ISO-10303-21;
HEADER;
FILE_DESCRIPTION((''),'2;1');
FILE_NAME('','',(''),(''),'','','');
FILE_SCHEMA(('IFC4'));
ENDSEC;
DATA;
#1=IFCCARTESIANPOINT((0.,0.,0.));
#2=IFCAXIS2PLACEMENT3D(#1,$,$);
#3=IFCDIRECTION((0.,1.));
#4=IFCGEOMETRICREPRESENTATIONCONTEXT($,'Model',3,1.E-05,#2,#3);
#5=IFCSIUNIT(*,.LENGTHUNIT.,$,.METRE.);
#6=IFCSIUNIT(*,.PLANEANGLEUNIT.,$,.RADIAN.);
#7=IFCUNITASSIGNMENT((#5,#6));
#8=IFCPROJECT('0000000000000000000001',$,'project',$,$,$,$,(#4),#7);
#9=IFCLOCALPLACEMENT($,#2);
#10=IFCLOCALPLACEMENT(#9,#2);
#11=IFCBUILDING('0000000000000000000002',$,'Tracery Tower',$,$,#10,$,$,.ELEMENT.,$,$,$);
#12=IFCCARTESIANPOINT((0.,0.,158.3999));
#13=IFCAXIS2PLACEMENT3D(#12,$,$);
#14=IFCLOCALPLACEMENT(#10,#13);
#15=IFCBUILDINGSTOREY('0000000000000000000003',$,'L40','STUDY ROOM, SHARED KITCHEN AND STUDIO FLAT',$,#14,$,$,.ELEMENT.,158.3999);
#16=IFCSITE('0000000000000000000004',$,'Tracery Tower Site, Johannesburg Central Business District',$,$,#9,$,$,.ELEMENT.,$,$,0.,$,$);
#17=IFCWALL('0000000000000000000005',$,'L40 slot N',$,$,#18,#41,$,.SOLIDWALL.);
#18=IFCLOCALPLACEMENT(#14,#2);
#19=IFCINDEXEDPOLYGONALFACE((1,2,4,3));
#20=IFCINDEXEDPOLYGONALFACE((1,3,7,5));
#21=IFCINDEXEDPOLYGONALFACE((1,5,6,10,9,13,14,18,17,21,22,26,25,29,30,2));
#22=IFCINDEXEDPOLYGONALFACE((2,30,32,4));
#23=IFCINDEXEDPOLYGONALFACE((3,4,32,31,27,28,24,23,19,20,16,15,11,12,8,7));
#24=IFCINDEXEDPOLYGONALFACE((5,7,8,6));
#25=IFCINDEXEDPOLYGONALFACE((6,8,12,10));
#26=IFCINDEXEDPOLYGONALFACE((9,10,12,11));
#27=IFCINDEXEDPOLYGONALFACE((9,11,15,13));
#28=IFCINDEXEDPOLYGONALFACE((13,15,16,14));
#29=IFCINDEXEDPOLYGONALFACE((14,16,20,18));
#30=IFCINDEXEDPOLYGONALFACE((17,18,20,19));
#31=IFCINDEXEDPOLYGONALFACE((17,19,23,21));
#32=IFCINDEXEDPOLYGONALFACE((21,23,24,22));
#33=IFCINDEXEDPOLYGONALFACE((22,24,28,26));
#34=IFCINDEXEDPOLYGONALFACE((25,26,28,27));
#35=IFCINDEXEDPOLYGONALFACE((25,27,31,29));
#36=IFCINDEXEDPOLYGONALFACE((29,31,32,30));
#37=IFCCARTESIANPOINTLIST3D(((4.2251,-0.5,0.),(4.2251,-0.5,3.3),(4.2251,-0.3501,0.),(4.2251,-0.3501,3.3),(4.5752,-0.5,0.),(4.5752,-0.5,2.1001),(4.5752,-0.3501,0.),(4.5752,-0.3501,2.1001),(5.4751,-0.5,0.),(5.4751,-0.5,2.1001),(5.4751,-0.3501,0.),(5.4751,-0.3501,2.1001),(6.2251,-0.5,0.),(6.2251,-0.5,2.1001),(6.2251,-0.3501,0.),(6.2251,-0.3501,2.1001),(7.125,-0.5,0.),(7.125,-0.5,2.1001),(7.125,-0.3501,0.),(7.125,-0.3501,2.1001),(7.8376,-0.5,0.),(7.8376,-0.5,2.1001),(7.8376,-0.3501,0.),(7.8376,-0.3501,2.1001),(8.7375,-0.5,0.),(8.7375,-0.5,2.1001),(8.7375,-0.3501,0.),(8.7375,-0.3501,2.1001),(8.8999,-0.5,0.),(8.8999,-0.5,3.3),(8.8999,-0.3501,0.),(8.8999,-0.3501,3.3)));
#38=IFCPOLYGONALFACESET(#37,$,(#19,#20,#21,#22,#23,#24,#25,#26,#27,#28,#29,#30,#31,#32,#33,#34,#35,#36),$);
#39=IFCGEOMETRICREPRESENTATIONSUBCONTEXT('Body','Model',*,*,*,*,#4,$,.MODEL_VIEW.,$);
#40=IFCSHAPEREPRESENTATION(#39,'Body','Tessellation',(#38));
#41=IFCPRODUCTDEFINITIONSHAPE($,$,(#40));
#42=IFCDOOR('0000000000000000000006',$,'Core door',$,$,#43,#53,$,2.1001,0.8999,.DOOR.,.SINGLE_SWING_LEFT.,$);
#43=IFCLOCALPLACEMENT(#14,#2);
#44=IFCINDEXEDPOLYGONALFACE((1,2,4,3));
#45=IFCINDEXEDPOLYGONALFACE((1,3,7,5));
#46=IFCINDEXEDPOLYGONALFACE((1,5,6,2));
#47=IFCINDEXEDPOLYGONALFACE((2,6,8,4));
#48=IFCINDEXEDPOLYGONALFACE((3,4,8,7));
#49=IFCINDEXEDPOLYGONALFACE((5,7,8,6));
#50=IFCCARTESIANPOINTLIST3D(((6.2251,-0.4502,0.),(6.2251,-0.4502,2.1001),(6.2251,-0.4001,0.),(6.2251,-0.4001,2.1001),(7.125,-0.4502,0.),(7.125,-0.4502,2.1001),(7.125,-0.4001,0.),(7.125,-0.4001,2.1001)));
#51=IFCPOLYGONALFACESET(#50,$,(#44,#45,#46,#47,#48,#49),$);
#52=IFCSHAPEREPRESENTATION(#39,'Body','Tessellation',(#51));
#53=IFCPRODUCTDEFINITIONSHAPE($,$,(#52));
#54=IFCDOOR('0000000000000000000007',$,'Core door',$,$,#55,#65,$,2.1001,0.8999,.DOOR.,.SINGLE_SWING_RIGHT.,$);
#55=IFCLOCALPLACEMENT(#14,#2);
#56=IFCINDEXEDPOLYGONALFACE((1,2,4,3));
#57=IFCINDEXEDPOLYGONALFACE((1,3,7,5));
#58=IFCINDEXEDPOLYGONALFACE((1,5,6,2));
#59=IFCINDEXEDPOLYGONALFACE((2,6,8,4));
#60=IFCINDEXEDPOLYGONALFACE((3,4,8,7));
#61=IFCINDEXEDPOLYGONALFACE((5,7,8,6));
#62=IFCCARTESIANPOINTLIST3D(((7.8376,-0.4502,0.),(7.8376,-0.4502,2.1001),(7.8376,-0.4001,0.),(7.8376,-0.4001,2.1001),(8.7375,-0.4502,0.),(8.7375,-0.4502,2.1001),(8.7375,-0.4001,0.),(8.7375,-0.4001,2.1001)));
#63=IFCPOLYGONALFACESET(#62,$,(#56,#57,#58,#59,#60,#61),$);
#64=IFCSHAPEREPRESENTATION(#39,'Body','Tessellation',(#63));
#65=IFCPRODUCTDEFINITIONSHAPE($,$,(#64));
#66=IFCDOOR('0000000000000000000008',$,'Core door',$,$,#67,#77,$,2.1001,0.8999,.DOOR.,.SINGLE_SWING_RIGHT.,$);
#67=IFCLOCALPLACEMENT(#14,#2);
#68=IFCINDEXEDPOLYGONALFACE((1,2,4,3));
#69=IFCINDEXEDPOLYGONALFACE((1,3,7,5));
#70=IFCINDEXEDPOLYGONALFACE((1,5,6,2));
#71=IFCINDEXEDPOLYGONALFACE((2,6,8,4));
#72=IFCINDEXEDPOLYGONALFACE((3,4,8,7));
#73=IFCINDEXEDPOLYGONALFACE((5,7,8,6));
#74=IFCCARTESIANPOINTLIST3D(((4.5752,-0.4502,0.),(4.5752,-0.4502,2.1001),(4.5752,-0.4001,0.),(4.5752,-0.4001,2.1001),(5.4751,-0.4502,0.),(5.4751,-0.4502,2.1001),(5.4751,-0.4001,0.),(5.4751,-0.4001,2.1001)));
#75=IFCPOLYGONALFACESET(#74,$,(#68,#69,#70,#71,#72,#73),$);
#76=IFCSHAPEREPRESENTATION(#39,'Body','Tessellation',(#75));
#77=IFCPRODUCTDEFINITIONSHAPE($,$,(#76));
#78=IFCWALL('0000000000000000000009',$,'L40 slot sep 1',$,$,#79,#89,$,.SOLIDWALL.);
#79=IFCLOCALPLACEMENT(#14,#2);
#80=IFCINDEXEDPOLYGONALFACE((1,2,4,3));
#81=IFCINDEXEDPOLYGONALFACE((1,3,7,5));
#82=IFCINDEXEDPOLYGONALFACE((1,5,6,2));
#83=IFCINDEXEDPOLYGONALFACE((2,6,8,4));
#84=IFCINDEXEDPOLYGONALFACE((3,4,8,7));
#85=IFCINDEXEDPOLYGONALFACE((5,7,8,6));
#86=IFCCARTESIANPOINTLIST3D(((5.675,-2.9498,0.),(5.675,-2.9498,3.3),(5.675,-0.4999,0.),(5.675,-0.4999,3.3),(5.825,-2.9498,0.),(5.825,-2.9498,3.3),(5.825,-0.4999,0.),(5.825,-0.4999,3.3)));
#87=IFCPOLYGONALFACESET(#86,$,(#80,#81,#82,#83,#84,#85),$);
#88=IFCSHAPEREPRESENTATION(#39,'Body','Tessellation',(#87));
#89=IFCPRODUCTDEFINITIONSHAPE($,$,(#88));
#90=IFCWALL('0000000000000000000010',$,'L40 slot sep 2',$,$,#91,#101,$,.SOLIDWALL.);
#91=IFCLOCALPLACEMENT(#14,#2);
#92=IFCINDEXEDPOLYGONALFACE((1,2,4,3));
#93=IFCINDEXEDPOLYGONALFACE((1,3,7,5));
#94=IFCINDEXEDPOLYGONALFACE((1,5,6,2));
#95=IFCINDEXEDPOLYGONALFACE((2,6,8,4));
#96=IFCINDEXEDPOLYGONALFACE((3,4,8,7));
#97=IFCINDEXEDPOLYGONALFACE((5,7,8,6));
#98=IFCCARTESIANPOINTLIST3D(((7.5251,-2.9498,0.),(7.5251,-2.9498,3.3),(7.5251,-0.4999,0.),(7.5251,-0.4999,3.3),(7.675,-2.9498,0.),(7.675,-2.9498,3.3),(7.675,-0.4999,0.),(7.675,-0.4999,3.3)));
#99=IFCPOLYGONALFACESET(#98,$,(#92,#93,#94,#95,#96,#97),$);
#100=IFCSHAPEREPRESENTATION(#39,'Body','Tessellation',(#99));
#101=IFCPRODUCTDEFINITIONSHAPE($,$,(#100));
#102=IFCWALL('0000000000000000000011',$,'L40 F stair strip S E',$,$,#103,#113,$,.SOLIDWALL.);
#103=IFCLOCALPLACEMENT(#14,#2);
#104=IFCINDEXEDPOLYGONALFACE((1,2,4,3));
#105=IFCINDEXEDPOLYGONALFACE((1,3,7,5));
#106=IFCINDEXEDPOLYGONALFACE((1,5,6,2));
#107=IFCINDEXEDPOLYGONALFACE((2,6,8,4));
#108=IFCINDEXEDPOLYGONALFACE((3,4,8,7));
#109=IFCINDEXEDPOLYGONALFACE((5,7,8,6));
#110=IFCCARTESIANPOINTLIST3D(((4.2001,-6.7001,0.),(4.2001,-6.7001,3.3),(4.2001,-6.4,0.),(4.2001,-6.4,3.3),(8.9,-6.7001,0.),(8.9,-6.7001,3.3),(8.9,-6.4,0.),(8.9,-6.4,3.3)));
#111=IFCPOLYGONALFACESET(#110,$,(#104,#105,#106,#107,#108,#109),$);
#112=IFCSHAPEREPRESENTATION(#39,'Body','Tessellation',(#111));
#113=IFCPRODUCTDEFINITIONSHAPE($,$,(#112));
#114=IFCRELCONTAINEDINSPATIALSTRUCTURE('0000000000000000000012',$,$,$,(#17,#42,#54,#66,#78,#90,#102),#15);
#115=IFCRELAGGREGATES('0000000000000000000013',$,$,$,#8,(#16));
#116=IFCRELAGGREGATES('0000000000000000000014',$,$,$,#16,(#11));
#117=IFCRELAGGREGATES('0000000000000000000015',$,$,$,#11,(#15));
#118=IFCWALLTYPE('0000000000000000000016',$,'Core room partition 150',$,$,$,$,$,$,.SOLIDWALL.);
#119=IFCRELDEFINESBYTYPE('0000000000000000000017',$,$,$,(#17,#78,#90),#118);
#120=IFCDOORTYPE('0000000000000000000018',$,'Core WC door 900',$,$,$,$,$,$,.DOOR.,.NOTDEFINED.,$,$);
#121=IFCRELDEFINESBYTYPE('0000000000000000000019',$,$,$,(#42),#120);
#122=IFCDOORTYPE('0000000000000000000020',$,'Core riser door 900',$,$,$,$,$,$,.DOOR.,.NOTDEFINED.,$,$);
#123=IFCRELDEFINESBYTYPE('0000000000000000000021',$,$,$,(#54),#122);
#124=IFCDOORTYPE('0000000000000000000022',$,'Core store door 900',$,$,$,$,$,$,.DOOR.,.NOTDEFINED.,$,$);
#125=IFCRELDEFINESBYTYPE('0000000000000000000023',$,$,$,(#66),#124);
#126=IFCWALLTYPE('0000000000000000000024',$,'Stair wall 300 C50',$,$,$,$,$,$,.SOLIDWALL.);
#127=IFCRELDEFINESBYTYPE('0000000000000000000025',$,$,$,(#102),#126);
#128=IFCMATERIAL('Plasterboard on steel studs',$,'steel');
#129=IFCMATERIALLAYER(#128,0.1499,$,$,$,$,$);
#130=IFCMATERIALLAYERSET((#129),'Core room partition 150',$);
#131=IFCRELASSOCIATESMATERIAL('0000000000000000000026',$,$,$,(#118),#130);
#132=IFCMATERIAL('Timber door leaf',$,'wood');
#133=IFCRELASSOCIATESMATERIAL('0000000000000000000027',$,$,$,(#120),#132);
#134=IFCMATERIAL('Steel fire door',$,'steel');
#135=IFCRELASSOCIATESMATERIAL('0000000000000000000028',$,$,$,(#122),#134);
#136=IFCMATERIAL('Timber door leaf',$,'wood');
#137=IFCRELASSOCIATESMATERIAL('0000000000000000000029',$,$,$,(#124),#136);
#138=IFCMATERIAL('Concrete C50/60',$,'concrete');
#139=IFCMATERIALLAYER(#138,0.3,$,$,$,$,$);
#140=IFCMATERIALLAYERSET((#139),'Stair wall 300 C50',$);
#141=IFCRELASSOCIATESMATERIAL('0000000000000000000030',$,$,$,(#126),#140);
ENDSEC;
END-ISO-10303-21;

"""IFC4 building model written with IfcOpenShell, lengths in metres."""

from ifc_helpers import new_model, si_unit, direction, frame, frame_2d, origin, place, context, subcontext, project, spatial, rectangle, extrude, material, layer, layer_set, type_object, element, fill, save


model = new_model("IFC4")

# Units and contexts
model_context = context("Model", 3, precision=1e-05, world=origin(), true_north=direction((0.0, 1.0)))
body_context = subcontext(model_context, "Body", "Model", "MODEL_VIEW")
ifc_project = project(units=[si_unit("LENGTHUNIT", "METRE"), si_unit("PLANEANGLEUNIT", "RADIAN")], contexts=[model_context])

# Site, building, storey
site_placement = place(None, origin())
site = spatial("IfcSite", under=ifc_project, at=site_placement, Name="Tracery Tower Site, Johannesburg Central Business District", CompositionType="ELEMENT", RefElevation=0.0)
building_placement = place(site_placement, origin())
building = spatial("IfcBuilding", under=site, at=building_placement, Name="Tracery Tower", CompositionType="ELEMENT")
storey_placement = place(building_placement, frame((0.0, 0.0, 158.3999)))
storey = spatial("IfcBuildingStorey", under=building, at=storey_placement, Name="L40", Description="STUDY ROOM, SHARED KITCHEN AND STUDIO FLAT", CompositionType="ELEMENT", Elevation=158.3999)

# Shared definitions
ifc_material_1 = material(Name="Plasterboard on steel studs", Category="steel")
ifc_layer_1 = layer(ifc_material_1, 0.1499)
ifc_layer_set_1 = layer_set([ifc_layer_1], Name="Core room partition 150")
wall_type_1 = type_object("IfcWallType", Name="Core room partition 150", PredefinedType="SOLIDWALL", material=ifc_layer_set_1)

# Wall, openings, doors
wall_1_placement = place(storey_placement, frame((4.2251, -0.425, 0.0), z_axis=(0.0, 0.0, 1.0), x_axis=(1.0, 0.0, 0.0)))
wall_1 = element("IfcWall", 1, at=wall_1_placement, inside=storey, type_object=wall_type_1, Name="L40 slot N", PredefinedType="SOLIDWALL", context=body_context, shape_type="SweptSolid", body=[
    extrude(rectangle(XDim=4.6748, YDim=0.1499, at=frame_2d((2.3374, 0.0))), origin(), (0.0, 0.0, 1.0), 3.3),
])
opening_1_placement = place(wall_1_placement, frame((0.3501, 0.0, 0.0)))
opening_1 = element("IfcOpeningElement", 2, at=opening_1_placement, cuts=wall_1, PredefinedType="OPENING", context=body_context, shape_type="SweptSolid", body=[
    extrude(rectangle(XDim=0.8999, YDim=2.1001, at=frame_2d((0.45, 1.05))), frame((0.0, 0.075, 0.0), z_axis=(0.0, -1.0, 0.0), x_axis=(1.0, 0.0, 0.0)), (0.0, 0.0, 1.0), 0.1499),
])
opening_2_placement = place(wall_1_placement, frame((2.0, 0.0, 0.0)))
opening_2 = element("IfcOpeningElement", 3, at=opening_2_placement, cuts=wall_1, PredefinedType="OPENING", context=body_context, shape_type="SweptSolid", body=[
    extrude(rectangle(XDim=0.8999, YDim=2.1001, at=frame_2d((0.45, 1.05))), frame((0.0, 0.075, 0.0), z_axis=(0.0, -1.0, 0.0), x_axis=(1.0, 0.0, 0.0)), (0.0, 0.0, 1.0), 0.1499),
])
opening_3_placement = place(wall_1_placement, frame((3.6125, 0.0, 0.0)))
opening_3 = element("IfcOpeningElement", 4, at=opening_3_placement, cuts=wall_1, PredefinedType="OPENING", context=body_context, shape_type="SweptSolid", body=[
    extrude(rectangle(XDim=0.8999, YDim=2.1001, at=frame_2d((0.45, 1.05))), frame((0.0, 0.075, 0.0), z_axis=(0.0, -1.0, 0.0), x_axis=(1.0, 0.0, 0.0)), (0.0, 0.0, 1.0), 0.1499),
])
ifc_material_2 = material(Name="Timber door leaf", Category="wood")
door_type_1 = type_object("IfcDoorType", Name="Core WC door 900", OperationType="NOTDEFINED", PredefinedType="DOOR", material=ifc_material_2)
door_1_placement = place(opening_2_placement, origin())
door_1 = element("IfcDoor", 5, at=door_1_placement, inside=storey, type_object=door_type_1, Name="Core door", OperationType="SINGLE_SWING_LEFT", OverallHeight=2.1001, OverallWidth=0.8999, PredefinedType="DOOR", context=body_context, shape_type="SweptSolid", body=[
    extrude(rectangle(XDim=0.8999, YDim=2.1001, at=frame_2d((0.45, 1.05))), frame((0.0, 0.0249, 0.0), z_axis=(0.0, -1.0, 0.0), x_axis=(1.0, 0.0, 0.0)), (0.0, 0.0, 1.0), 0.05),
])
fill(opening_2, door_1)
ifc_material_3 = material(Name="Steel fire door", Category="steel")
door_type_2 = type_object("IfcDoorType", Name="Core riser door 900", OperationType="NOTDEFINED", PredefinedType="DOOR", material=ifc_material_3)
door_2_placement = place(opening_3_placement, origin())
door_2 = element("IfcDoor", 6, at=door_2_placement, inside=storey, type_object=door_type_2, Name="Core door", OperationType="SINGLE_SWING_RIGHT", OverallHeight=2.1001, OverallWidth=0.8999, PredefinedType="DOOR", context=body_context, shape_type="SweptSolid", body=[
    extrude(rectangle(XDim=0.8999, YDim=2.1001, at=frame_2d((0.45, 1.05))), frame((0.0, 0.0249, 0.0), z_axis=(0.0, -1.0, 0.0), x_axis=(1.0, 0.0, 0.0)), (0.0, 0.0, 1.0), 0.05),
])
fill(opening_3, door_2)
ifc_material_4 = material(Name="Timber door leaf", Category="wood")
door_type_3 = type_object("IfcDoorType", Name="Core store door 900", OperationType="NOTDEFINED", PredefinedType="DOOR", material=ifc_material_4)
door_3_placement = place(opening_1_placement, origin())
door_3 = element("IfcDoor", 7, at=door_3_placement, inside=storey, type_object=door_type_3, Name="Core door", OperationType="SINGLE_SWING_RIGHT", OverallHeight=2.1001, OverallWidth=0.8999, PredefinedType="DOOR", context=body_context, shape_type="SweptSolid", body=[
    extrude(rectangle(XDim=0.8999, YDim=2.1001, at=frame_2d((0.45, 1.05))), frame((0.0, 0.0249, 0.0), z_axis=(0.0, -1.0, 0.0), x_axis=(1.0, 0.0, 0.0)), (0.0, 0.0, 1.0), 0.05),
])
fill(opening_1, door_3)

# Walls
for number, where, z_axis, x_axis, name in (
    (8, (5.75, -2.95, 0.0), (0.0, 0.0, 1.0), (0.0, 1.0, 0.0), "L40 slot sep 1"),
    (9, (7.6001, -2.95, 0.0), (0.0, 0.0, 1.0), (0.0, 1.0, 0.0), "L40 slot sep 2"),
):
    element("IfcWall", number, at=place(storey_placement, frame(where, z_axis=z_axis, x_axis=x_axis)), inside=storey, type_object=wall_type_1, Name=name, PredefinedType="SOLIDWALL", context=body_context, shape_type="SweptSolid", body=[
        extrude(rectangle(XDim=2.45, YDim=0.1499, at=frame_2d((1.2251, 0.0))), origin(), (0.0, 0.0, 1.0), 3.3),
    ])

# Shared definitions
ifc_material_5 = material(Name="Concrete C50/60", Category="concrete")
ifc_layer_2 = layer(ifc_material_5, 0.3)
ifc_layer_set_2 = layer_set([ifc_layer_2], Name="Stair wall 300 C50")
wall_type_2 = type_object("IfcWallType", Name="Stair wall 300 C50", PredefinedType="SOLIDWALL", material=ifc_layer_set_2)

# Wall
wall_2_placement = place(storey_placement, frame((4.2, -6.55, 0.0), z_axis=(0.0, 0.0, 1.0), x_axis=(1.0, 0.0, 0.0)))
element("IfcWall", 10, at=wall_2_placement, inside=storey, type_object=wall_type_2, Name="L40 F stair strip S E", PredefinedType="SOLIDWALL", context=body_context, shape_type="SweptSolid", body=[
    extrude(rectangle(XDim=4.7, YDim=0.3, at=frame_2d((2.3501, 0.0))), origin(), (0.0, 0.0, 1.0), 3.3),
])

save(model, "model.ifc")
